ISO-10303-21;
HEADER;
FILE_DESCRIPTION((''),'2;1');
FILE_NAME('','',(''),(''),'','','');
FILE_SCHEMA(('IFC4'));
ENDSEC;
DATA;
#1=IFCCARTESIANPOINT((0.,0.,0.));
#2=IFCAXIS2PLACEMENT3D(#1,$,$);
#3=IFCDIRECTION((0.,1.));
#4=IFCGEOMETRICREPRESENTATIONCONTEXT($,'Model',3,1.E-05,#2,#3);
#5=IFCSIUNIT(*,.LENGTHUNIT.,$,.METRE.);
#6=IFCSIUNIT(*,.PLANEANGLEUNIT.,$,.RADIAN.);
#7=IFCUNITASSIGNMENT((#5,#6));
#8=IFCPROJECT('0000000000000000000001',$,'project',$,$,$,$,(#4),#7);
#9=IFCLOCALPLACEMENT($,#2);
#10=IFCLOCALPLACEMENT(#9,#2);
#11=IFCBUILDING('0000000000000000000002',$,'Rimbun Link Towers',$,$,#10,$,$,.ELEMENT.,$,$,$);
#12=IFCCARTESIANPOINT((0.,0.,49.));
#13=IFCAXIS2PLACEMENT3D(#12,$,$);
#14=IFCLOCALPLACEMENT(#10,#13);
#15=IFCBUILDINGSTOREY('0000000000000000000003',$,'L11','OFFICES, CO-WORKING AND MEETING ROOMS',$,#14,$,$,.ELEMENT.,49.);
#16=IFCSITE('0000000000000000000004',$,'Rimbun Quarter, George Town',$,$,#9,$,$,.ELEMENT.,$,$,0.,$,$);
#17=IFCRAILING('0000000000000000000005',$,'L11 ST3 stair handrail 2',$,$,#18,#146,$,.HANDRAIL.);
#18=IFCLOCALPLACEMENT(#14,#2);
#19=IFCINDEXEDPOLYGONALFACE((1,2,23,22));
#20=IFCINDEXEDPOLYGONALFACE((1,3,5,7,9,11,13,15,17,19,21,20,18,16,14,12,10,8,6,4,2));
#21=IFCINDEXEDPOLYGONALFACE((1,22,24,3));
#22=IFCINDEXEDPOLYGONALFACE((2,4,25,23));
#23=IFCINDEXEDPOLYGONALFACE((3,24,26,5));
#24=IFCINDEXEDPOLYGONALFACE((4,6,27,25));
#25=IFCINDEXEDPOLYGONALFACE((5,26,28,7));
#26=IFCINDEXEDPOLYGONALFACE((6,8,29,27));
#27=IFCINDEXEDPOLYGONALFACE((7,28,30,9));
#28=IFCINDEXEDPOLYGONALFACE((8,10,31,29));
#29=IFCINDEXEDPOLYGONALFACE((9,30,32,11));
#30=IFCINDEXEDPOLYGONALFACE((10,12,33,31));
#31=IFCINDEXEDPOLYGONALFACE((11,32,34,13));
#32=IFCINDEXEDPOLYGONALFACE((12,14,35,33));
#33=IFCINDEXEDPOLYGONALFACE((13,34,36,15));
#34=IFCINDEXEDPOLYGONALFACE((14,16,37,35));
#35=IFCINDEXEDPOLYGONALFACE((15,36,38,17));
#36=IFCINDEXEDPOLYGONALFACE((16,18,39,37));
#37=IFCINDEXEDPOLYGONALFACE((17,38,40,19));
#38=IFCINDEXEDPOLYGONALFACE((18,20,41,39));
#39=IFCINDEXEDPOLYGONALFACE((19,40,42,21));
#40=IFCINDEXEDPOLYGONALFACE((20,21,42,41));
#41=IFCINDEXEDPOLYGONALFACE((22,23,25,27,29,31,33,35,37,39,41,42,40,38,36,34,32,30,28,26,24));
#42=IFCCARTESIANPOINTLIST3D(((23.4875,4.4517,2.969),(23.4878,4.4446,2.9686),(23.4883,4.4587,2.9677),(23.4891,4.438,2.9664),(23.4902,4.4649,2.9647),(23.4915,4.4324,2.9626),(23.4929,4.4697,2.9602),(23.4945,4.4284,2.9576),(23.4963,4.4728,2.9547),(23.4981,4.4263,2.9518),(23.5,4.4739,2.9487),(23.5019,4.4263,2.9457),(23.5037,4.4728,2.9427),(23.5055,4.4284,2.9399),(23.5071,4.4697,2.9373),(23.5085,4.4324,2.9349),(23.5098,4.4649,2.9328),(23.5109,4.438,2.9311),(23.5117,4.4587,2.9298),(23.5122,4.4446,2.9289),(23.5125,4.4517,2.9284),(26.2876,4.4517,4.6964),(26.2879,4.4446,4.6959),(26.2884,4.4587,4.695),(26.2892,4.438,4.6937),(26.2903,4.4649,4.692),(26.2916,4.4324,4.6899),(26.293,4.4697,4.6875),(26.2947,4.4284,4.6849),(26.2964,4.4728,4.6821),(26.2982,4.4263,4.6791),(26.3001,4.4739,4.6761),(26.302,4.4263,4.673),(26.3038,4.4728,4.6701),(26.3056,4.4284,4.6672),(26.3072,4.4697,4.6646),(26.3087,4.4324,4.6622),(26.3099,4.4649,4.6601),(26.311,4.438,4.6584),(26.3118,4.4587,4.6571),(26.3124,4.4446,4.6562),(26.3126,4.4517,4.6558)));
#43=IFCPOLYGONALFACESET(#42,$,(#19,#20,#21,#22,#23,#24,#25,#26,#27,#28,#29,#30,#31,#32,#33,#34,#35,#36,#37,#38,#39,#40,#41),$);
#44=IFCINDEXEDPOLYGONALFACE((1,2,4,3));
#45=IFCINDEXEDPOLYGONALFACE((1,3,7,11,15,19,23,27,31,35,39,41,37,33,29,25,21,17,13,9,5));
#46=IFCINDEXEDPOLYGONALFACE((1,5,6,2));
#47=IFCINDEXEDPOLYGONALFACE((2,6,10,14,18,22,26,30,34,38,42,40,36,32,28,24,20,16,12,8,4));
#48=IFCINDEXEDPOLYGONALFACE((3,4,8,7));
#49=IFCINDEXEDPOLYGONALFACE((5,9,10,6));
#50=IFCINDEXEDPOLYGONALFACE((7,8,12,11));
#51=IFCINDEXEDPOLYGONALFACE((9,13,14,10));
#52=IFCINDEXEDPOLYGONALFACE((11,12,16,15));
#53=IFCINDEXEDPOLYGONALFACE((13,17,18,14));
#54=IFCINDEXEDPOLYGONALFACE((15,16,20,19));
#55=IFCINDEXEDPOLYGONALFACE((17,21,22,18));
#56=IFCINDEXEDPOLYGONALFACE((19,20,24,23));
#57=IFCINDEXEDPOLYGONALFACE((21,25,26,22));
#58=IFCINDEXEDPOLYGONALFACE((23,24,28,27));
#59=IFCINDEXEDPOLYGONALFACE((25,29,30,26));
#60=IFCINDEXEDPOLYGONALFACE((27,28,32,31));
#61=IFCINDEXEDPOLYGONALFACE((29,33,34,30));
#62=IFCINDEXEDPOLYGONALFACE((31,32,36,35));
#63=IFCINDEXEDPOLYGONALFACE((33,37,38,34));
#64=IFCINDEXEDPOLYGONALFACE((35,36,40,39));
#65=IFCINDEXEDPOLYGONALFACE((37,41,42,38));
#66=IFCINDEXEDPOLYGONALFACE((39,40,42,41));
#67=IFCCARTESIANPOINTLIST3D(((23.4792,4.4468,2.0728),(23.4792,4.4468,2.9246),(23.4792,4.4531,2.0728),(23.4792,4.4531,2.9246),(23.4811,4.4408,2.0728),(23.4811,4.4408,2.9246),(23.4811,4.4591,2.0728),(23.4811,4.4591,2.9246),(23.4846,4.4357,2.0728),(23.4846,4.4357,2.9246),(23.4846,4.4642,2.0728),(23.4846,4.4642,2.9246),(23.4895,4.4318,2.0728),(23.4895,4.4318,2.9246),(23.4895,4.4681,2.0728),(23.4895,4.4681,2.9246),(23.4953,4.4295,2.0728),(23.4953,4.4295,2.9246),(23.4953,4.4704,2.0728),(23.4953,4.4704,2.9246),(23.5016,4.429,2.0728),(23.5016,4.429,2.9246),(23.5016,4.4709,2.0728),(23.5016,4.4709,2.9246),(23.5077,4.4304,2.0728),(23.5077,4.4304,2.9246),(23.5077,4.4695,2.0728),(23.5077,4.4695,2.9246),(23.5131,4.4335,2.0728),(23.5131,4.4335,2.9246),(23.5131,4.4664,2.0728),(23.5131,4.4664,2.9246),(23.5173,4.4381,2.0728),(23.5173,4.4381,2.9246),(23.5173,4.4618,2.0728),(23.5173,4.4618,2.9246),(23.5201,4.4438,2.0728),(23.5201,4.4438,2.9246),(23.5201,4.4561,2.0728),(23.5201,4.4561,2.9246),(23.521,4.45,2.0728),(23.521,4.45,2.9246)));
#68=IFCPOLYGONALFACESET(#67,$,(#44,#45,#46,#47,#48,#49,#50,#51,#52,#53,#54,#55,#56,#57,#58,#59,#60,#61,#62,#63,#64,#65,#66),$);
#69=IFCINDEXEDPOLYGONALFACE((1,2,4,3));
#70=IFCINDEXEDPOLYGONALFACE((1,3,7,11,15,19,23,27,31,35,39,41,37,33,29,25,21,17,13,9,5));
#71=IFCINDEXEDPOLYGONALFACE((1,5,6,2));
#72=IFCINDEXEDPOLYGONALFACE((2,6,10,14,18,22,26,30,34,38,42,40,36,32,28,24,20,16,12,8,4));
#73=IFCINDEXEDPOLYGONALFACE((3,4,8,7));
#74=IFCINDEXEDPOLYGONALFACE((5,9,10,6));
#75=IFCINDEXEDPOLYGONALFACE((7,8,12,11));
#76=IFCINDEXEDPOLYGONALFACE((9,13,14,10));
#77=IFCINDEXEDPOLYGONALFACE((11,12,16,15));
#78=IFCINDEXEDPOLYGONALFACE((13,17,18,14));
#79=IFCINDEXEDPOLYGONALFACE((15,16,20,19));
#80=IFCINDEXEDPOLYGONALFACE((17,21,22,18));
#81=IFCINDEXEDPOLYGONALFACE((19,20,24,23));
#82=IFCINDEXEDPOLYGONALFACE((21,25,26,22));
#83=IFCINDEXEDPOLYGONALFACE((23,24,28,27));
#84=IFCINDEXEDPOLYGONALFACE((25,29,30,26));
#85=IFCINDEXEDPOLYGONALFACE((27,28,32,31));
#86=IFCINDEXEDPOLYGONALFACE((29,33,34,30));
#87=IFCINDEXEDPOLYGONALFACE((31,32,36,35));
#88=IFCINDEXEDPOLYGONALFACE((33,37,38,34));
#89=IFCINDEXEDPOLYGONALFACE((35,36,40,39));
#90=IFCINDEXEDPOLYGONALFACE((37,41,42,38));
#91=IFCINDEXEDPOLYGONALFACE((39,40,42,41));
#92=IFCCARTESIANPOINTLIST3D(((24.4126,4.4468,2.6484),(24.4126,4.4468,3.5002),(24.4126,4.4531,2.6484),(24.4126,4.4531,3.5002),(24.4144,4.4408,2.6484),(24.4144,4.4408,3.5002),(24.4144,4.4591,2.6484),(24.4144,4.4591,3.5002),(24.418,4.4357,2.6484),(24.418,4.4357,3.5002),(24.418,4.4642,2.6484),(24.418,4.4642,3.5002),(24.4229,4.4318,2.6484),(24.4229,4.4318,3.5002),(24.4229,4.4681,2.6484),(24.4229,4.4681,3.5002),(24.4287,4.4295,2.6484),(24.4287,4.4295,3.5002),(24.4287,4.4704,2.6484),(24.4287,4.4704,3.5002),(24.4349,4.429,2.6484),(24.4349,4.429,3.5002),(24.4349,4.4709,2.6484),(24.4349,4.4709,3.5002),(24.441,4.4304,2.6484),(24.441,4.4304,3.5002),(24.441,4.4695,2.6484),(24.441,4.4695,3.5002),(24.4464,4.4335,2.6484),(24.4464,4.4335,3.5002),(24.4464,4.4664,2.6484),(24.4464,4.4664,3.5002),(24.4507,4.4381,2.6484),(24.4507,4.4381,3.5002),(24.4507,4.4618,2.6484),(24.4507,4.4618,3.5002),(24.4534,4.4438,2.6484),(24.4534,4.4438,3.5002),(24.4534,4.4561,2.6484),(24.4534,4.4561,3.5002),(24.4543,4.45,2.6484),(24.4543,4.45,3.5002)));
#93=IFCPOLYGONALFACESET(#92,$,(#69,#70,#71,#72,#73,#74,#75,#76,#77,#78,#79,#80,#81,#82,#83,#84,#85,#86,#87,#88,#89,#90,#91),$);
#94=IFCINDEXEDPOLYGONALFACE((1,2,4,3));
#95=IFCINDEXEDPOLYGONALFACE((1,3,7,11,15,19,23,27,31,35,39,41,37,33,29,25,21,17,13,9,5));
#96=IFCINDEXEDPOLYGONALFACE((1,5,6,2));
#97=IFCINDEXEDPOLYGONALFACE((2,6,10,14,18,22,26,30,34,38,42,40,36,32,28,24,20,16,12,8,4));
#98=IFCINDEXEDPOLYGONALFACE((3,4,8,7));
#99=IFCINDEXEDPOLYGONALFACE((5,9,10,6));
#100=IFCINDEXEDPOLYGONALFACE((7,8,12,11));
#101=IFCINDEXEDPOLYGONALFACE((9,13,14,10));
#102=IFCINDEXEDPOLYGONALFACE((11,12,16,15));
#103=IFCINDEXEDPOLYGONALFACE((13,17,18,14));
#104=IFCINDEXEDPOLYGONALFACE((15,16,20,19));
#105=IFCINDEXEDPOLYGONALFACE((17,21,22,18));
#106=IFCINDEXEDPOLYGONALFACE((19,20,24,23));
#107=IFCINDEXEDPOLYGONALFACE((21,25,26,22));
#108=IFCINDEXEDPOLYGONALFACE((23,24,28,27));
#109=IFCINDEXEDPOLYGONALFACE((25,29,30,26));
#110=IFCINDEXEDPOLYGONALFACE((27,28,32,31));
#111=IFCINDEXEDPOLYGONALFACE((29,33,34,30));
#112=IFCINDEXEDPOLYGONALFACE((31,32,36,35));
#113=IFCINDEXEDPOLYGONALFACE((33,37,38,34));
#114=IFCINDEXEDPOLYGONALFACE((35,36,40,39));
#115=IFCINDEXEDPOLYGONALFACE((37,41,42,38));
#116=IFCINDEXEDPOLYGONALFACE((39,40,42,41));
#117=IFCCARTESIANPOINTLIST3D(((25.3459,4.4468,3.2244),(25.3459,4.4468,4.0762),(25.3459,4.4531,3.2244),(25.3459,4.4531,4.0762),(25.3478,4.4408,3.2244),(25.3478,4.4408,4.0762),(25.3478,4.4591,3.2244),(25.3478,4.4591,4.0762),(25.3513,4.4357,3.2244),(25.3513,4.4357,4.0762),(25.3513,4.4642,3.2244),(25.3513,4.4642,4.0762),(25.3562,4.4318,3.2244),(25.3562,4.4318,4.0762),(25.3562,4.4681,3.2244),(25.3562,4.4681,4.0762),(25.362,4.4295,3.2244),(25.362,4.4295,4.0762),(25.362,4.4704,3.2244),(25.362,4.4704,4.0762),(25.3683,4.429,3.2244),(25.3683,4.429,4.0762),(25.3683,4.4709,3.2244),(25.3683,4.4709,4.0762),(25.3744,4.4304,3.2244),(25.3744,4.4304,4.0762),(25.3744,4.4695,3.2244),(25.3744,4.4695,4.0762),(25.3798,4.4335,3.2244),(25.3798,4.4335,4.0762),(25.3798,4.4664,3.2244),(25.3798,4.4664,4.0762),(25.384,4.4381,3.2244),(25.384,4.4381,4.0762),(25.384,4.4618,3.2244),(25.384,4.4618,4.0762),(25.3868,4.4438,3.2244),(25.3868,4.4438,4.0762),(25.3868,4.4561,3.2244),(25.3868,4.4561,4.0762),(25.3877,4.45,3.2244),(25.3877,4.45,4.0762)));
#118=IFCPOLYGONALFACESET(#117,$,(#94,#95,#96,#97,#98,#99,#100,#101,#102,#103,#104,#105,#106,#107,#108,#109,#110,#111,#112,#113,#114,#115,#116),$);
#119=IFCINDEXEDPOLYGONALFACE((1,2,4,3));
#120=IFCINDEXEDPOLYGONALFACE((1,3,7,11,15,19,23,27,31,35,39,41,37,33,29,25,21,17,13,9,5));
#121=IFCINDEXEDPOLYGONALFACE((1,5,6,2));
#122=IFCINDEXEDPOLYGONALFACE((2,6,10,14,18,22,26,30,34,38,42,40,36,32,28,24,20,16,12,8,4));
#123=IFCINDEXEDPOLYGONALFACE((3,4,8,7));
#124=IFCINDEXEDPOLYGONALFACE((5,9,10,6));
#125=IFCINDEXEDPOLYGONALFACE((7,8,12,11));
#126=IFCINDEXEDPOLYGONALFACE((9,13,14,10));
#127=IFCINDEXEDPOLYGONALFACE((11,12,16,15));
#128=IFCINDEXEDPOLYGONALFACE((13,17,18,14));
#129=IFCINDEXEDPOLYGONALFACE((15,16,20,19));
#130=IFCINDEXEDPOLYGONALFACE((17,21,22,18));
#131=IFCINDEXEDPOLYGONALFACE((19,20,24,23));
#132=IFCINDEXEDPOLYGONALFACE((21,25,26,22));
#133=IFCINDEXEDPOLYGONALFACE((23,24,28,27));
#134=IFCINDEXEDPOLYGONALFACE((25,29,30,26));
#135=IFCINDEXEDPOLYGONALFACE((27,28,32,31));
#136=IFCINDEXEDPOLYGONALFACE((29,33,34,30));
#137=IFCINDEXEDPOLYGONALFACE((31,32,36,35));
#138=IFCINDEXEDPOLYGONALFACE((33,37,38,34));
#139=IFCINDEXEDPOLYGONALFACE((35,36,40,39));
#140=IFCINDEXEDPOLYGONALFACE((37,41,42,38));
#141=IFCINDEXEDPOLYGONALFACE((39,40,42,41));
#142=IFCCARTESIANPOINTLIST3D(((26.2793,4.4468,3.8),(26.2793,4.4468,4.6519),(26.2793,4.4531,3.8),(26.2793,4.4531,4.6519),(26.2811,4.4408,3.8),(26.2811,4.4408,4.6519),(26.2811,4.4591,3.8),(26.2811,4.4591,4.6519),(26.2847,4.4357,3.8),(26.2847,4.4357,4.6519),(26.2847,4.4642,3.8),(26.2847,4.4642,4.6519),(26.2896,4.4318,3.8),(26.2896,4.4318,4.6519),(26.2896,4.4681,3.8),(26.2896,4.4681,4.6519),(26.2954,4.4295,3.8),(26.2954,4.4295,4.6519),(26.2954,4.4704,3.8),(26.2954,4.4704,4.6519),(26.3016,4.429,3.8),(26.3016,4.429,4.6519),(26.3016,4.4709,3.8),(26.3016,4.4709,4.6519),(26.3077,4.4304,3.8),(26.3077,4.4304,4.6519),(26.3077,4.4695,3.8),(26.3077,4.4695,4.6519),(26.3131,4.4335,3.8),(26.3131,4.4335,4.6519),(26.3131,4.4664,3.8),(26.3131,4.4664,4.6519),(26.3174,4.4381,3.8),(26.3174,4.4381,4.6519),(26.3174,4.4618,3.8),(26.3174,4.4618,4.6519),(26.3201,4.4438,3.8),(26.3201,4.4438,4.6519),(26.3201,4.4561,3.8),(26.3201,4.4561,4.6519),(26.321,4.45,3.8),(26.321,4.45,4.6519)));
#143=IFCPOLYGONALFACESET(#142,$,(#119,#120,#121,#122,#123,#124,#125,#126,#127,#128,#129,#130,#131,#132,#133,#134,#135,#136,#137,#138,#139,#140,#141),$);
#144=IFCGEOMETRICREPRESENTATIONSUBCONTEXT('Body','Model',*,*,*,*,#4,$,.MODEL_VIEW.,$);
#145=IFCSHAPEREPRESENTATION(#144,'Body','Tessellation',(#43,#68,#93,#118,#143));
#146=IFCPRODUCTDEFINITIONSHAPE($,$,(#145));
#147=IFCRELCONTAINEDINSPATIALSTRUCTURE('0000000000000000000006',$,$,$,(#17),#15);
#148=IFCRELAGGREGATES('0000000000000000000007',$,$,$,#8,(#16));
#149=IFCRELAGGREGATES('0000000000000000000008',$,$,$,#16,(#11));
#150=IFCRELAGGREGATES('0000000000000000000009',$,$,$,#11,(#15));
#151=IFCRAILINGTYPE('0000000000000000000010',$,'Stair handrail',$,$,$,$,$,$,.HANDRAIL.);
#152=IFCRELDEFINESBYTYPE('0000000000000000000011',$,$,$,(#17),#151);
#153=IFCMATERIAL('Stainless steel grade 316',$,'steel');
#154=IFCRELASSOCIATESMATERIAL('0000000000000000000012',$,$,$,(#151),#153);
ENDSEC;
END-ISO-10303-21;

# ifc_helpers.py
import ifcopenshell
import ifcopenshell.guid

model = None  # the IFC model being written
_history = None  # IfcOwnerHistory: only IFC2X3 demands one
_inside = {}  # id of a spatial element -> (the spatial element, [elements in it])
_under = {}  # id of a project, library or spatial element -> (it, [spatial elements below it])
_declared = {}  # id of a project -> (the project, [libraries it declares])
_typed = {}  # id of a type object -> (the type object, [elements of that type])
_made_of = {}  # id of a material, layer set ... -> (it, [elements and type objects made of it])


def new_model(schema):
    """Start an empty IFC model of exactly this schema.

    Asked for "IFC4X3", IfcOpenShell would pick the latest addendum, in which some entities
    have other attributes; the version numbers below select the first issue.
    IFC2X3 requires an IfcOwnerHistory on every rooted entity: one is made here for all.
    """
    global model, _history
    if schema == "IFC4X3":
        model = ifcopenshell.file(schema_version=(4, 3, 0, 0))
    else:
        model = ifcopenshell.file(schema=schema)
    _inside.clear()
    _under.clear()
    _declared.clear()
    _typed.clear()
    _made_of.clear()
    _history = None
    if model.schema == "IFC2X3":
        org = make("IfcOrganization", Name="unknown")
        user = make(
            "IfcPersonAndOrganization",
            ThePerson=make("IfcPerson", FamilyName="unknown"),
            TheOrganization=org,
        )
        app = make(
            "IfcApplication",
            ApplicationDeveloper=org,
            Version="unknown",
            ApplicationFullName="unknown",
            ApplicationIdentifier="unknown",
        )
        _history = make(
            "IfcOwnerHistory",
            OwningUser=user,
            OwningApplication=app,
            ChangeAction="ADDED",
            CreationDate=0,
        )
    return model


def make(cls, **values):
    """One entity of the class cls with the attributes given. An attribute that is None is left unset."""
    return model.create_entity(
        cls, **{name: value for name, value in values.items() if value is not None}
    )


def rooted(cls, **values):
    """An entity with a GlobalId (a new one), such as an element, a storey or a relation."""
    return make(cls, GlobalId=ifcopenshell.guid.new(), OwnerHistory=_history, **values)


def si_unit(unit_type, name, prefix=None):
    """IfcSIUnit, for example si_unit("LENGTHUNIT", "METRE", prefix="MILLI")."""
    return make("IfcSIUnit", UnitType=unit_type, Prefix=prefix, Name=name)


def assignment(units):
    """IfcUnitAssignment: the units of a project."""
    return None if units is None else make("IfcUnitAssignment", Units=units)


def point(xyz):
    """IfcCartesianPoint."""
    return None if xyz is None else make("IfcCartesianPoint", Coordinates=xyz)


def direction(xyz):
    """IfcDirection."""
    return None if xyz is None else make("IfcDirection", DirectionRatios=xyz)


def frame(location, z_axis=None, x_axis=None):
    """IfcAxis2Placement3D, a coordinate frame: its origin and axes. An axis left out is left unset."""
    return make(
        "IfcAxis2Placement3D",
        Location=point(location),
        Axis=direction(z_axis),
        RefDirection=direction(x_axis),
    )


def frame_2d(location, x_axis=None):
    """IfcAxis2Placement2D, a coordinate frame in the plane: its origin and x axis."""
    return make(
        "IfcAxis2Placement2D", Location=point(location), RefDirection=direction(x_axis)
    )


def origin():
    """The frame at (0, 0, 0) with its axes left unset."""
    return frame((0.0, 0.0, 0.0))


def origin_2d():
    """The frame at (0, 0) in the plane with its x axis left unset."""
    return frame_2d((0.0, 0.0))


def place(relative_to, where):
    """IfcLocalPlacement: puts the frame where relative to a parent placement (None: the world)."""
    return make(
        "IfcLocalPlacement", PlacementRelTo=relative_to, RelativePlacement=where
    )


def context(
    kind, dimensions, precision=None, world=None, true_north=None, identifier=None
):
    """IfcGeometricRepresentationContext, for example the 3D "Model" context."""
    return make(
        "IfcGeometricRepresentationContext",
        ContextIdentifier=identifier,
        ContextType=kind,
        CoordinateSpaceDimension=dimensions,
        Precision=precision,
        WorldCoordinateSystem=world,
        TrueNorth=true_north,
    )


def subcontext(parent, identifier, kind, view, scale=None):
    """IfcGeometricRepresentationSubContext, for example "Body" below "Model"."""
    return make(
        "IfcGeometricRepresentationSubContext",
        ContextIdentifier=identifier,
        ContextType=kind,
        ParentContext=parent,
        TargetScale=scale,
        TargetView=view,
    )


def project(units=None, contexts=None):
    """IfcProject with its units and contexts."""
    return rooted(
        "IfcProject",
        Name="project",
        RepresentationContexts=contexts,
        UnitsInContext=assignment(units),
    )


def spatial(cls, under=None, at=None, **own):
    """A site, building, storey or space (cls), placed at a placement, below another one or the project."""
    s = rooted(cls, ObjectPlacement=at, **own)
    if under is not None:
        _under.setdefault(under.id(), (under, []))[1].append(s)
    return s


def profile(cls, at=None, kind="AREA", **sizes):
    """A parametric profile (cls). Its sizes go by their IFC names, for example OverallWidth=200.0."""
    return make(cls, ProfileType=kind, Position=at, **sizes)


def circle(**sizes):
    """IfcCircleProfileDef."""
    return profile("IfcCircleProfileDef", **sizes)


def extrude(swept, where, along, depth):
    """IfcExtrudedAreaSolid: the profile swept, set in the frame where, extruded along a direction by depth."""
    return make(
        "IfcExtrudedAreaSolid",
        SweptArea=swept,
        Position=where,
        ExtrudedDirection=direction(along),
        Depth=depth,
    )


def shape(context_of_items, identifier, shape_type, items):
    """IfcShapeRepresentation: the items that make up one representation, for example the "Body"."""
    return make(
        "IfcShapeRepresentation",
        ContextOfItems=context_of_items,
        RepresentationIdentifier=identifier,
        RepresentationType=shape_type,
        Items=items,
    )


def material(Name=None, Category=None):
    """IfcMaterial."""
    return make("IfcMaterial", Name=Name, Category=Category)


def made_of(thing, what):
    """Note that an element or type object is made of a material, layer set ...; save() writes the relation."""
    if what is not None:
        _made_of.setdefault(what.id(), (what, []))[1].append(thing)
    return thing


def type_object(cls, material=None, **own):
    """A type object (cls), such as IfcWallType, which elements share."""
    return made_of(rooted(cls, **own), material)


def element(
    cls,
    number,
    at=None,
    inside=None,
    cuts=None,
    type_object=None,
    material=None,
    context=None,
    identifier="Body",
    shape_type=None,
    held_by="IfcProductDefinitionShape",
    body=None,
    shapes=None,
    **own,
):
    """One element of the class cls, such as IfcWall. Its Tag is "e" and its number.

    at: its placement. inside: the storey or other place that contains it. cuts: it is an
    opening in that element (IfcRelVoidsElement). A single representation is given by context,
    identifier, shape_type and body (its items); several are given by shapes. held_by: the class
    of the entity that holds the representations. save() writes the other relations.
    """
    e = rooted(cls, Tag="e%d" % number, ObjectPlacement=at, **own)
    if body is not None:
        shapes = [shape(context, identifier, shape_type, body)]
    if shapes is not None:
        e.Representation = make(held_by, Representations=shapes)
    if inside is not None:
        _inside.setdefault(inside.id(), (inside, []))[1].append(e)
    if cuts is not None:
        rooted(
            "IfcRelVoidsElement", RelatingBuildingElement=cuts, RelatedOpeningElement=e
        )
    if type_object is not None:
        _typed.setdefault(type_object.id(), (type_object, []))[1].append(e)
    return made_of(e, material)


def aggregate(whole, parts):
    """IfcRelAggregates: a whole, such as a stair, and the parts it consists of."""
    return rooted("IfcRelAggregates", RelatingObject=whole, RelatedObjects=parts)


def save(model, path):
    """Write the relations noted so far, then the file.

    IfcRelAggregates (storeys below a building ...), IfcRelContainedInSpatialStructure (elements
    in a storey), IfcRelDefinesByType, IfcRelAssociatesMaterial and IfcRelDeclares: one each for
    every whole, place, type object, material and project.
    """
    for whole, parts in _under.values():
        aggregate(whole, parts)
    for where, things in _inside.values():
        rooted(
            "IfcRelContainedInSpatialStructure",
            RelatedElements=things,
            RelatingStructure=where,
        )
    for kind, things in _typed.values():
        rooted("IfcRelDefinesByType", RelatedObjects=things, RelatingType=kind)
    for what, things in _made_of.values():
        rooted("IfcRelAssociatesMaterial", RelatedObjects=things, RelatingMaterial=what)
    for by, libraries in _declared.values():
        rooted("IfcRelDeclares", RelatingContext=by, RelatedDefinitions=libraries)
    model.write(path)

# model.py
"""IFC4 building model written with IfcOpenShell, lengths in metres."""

from ifc_helpers import new_model, si_unit, direction, frame, origin, origin_2d, place, context, subcontext, project, spatial, circle, extrude, material, type_object, element, save


model = new_model("IFC4")

# Units and contexts
model_context = context("Model", 3, precision=1e-05, world=origin(), true_north=direction((0.0, 1.0)))
body_context = subcontext(model_context, "Body", "Model", "MODEL_VIEW")
ifc_project = project(units=[si_unit("LENGTHUNIT", "METRE"), si_unit("PLANEANGLEUNIT", "RADIAN")], contexts=[model_context])

# Site, building, storey
site_placement = place(None, origin())
site = spatial("IfcSite", under=ifc_project, at=site_placement, Name="Rimbun Quarter, George Town", CompositionType="ELEMENT", RefElevation=0.0)
building_placement = place(site_placement, origin())
building = spatial("IfcBuilding", under=site, at=building_placement, Name="Rimbun Link Towers", CompositionType="ELEMENT")
storey_placement = place(building_placement, frame((0.0, 0.0, 49.0)))
storey = spatial("IfcBuildingStorey", under=building, at=storey_placement, Name="L11", Description="OFFICES, CO-WORKING AND MEETING ROOMS", CompositionType="ELEMENT", Elevation=49.0)

# Railing
ifc_material_1 = material(Name="Stainless steel grade 316", Category="steel")
railing_type_1 = type_object("IfcRailingType", Name="Stair handrail", PredefinedType="HANDRAIL", material=ifc_material_1)
railing_1_placement = place(storey_placement, frame((23.5, 4.45, 2.0728)))
element("IfcRailing", 1, at=railing_1_placement, inside=storey, type_object=railing_type_1, Name="L11 ST3 stair handrail 2", PredefinedType="HANDRAIL", context=body_context, shape_type="SweptSolid", body=[
    extrude(circle(Radius=0.0239, at=origin_2d()), frame((0.0, 0.0, 0.876), z_axis=(0.85109, 0.0, 0.52502), x_axis=(0.0, 1.0, 0.0)), (0.0, 0.0, 1.0), 3.29),
    extrude(circle(Radius=0.021, at=origin_2d()), origin(), (0.0, 0.0, 1.0), 0.8518),
    extrude(circle(Radius=0.021, at=origin_2d()), frame((0.9333, 0.0, 0.5757)), (0.0, 0.0, 1.0), 0.8518),
    extrude(circle(Radius=0.021, at=origin_2d()), frame((1.8667, 0.0, 1.1516)), (0.0, 0.0, 1.0), 0.8518),
    extrude(circle(Radius=0.021, at=origin_2d()), frame((2.8, 0.0, 1.7273)), (0.0, 0.0, 1.0), 0.8518),
])

save(model, "model.ifc")
